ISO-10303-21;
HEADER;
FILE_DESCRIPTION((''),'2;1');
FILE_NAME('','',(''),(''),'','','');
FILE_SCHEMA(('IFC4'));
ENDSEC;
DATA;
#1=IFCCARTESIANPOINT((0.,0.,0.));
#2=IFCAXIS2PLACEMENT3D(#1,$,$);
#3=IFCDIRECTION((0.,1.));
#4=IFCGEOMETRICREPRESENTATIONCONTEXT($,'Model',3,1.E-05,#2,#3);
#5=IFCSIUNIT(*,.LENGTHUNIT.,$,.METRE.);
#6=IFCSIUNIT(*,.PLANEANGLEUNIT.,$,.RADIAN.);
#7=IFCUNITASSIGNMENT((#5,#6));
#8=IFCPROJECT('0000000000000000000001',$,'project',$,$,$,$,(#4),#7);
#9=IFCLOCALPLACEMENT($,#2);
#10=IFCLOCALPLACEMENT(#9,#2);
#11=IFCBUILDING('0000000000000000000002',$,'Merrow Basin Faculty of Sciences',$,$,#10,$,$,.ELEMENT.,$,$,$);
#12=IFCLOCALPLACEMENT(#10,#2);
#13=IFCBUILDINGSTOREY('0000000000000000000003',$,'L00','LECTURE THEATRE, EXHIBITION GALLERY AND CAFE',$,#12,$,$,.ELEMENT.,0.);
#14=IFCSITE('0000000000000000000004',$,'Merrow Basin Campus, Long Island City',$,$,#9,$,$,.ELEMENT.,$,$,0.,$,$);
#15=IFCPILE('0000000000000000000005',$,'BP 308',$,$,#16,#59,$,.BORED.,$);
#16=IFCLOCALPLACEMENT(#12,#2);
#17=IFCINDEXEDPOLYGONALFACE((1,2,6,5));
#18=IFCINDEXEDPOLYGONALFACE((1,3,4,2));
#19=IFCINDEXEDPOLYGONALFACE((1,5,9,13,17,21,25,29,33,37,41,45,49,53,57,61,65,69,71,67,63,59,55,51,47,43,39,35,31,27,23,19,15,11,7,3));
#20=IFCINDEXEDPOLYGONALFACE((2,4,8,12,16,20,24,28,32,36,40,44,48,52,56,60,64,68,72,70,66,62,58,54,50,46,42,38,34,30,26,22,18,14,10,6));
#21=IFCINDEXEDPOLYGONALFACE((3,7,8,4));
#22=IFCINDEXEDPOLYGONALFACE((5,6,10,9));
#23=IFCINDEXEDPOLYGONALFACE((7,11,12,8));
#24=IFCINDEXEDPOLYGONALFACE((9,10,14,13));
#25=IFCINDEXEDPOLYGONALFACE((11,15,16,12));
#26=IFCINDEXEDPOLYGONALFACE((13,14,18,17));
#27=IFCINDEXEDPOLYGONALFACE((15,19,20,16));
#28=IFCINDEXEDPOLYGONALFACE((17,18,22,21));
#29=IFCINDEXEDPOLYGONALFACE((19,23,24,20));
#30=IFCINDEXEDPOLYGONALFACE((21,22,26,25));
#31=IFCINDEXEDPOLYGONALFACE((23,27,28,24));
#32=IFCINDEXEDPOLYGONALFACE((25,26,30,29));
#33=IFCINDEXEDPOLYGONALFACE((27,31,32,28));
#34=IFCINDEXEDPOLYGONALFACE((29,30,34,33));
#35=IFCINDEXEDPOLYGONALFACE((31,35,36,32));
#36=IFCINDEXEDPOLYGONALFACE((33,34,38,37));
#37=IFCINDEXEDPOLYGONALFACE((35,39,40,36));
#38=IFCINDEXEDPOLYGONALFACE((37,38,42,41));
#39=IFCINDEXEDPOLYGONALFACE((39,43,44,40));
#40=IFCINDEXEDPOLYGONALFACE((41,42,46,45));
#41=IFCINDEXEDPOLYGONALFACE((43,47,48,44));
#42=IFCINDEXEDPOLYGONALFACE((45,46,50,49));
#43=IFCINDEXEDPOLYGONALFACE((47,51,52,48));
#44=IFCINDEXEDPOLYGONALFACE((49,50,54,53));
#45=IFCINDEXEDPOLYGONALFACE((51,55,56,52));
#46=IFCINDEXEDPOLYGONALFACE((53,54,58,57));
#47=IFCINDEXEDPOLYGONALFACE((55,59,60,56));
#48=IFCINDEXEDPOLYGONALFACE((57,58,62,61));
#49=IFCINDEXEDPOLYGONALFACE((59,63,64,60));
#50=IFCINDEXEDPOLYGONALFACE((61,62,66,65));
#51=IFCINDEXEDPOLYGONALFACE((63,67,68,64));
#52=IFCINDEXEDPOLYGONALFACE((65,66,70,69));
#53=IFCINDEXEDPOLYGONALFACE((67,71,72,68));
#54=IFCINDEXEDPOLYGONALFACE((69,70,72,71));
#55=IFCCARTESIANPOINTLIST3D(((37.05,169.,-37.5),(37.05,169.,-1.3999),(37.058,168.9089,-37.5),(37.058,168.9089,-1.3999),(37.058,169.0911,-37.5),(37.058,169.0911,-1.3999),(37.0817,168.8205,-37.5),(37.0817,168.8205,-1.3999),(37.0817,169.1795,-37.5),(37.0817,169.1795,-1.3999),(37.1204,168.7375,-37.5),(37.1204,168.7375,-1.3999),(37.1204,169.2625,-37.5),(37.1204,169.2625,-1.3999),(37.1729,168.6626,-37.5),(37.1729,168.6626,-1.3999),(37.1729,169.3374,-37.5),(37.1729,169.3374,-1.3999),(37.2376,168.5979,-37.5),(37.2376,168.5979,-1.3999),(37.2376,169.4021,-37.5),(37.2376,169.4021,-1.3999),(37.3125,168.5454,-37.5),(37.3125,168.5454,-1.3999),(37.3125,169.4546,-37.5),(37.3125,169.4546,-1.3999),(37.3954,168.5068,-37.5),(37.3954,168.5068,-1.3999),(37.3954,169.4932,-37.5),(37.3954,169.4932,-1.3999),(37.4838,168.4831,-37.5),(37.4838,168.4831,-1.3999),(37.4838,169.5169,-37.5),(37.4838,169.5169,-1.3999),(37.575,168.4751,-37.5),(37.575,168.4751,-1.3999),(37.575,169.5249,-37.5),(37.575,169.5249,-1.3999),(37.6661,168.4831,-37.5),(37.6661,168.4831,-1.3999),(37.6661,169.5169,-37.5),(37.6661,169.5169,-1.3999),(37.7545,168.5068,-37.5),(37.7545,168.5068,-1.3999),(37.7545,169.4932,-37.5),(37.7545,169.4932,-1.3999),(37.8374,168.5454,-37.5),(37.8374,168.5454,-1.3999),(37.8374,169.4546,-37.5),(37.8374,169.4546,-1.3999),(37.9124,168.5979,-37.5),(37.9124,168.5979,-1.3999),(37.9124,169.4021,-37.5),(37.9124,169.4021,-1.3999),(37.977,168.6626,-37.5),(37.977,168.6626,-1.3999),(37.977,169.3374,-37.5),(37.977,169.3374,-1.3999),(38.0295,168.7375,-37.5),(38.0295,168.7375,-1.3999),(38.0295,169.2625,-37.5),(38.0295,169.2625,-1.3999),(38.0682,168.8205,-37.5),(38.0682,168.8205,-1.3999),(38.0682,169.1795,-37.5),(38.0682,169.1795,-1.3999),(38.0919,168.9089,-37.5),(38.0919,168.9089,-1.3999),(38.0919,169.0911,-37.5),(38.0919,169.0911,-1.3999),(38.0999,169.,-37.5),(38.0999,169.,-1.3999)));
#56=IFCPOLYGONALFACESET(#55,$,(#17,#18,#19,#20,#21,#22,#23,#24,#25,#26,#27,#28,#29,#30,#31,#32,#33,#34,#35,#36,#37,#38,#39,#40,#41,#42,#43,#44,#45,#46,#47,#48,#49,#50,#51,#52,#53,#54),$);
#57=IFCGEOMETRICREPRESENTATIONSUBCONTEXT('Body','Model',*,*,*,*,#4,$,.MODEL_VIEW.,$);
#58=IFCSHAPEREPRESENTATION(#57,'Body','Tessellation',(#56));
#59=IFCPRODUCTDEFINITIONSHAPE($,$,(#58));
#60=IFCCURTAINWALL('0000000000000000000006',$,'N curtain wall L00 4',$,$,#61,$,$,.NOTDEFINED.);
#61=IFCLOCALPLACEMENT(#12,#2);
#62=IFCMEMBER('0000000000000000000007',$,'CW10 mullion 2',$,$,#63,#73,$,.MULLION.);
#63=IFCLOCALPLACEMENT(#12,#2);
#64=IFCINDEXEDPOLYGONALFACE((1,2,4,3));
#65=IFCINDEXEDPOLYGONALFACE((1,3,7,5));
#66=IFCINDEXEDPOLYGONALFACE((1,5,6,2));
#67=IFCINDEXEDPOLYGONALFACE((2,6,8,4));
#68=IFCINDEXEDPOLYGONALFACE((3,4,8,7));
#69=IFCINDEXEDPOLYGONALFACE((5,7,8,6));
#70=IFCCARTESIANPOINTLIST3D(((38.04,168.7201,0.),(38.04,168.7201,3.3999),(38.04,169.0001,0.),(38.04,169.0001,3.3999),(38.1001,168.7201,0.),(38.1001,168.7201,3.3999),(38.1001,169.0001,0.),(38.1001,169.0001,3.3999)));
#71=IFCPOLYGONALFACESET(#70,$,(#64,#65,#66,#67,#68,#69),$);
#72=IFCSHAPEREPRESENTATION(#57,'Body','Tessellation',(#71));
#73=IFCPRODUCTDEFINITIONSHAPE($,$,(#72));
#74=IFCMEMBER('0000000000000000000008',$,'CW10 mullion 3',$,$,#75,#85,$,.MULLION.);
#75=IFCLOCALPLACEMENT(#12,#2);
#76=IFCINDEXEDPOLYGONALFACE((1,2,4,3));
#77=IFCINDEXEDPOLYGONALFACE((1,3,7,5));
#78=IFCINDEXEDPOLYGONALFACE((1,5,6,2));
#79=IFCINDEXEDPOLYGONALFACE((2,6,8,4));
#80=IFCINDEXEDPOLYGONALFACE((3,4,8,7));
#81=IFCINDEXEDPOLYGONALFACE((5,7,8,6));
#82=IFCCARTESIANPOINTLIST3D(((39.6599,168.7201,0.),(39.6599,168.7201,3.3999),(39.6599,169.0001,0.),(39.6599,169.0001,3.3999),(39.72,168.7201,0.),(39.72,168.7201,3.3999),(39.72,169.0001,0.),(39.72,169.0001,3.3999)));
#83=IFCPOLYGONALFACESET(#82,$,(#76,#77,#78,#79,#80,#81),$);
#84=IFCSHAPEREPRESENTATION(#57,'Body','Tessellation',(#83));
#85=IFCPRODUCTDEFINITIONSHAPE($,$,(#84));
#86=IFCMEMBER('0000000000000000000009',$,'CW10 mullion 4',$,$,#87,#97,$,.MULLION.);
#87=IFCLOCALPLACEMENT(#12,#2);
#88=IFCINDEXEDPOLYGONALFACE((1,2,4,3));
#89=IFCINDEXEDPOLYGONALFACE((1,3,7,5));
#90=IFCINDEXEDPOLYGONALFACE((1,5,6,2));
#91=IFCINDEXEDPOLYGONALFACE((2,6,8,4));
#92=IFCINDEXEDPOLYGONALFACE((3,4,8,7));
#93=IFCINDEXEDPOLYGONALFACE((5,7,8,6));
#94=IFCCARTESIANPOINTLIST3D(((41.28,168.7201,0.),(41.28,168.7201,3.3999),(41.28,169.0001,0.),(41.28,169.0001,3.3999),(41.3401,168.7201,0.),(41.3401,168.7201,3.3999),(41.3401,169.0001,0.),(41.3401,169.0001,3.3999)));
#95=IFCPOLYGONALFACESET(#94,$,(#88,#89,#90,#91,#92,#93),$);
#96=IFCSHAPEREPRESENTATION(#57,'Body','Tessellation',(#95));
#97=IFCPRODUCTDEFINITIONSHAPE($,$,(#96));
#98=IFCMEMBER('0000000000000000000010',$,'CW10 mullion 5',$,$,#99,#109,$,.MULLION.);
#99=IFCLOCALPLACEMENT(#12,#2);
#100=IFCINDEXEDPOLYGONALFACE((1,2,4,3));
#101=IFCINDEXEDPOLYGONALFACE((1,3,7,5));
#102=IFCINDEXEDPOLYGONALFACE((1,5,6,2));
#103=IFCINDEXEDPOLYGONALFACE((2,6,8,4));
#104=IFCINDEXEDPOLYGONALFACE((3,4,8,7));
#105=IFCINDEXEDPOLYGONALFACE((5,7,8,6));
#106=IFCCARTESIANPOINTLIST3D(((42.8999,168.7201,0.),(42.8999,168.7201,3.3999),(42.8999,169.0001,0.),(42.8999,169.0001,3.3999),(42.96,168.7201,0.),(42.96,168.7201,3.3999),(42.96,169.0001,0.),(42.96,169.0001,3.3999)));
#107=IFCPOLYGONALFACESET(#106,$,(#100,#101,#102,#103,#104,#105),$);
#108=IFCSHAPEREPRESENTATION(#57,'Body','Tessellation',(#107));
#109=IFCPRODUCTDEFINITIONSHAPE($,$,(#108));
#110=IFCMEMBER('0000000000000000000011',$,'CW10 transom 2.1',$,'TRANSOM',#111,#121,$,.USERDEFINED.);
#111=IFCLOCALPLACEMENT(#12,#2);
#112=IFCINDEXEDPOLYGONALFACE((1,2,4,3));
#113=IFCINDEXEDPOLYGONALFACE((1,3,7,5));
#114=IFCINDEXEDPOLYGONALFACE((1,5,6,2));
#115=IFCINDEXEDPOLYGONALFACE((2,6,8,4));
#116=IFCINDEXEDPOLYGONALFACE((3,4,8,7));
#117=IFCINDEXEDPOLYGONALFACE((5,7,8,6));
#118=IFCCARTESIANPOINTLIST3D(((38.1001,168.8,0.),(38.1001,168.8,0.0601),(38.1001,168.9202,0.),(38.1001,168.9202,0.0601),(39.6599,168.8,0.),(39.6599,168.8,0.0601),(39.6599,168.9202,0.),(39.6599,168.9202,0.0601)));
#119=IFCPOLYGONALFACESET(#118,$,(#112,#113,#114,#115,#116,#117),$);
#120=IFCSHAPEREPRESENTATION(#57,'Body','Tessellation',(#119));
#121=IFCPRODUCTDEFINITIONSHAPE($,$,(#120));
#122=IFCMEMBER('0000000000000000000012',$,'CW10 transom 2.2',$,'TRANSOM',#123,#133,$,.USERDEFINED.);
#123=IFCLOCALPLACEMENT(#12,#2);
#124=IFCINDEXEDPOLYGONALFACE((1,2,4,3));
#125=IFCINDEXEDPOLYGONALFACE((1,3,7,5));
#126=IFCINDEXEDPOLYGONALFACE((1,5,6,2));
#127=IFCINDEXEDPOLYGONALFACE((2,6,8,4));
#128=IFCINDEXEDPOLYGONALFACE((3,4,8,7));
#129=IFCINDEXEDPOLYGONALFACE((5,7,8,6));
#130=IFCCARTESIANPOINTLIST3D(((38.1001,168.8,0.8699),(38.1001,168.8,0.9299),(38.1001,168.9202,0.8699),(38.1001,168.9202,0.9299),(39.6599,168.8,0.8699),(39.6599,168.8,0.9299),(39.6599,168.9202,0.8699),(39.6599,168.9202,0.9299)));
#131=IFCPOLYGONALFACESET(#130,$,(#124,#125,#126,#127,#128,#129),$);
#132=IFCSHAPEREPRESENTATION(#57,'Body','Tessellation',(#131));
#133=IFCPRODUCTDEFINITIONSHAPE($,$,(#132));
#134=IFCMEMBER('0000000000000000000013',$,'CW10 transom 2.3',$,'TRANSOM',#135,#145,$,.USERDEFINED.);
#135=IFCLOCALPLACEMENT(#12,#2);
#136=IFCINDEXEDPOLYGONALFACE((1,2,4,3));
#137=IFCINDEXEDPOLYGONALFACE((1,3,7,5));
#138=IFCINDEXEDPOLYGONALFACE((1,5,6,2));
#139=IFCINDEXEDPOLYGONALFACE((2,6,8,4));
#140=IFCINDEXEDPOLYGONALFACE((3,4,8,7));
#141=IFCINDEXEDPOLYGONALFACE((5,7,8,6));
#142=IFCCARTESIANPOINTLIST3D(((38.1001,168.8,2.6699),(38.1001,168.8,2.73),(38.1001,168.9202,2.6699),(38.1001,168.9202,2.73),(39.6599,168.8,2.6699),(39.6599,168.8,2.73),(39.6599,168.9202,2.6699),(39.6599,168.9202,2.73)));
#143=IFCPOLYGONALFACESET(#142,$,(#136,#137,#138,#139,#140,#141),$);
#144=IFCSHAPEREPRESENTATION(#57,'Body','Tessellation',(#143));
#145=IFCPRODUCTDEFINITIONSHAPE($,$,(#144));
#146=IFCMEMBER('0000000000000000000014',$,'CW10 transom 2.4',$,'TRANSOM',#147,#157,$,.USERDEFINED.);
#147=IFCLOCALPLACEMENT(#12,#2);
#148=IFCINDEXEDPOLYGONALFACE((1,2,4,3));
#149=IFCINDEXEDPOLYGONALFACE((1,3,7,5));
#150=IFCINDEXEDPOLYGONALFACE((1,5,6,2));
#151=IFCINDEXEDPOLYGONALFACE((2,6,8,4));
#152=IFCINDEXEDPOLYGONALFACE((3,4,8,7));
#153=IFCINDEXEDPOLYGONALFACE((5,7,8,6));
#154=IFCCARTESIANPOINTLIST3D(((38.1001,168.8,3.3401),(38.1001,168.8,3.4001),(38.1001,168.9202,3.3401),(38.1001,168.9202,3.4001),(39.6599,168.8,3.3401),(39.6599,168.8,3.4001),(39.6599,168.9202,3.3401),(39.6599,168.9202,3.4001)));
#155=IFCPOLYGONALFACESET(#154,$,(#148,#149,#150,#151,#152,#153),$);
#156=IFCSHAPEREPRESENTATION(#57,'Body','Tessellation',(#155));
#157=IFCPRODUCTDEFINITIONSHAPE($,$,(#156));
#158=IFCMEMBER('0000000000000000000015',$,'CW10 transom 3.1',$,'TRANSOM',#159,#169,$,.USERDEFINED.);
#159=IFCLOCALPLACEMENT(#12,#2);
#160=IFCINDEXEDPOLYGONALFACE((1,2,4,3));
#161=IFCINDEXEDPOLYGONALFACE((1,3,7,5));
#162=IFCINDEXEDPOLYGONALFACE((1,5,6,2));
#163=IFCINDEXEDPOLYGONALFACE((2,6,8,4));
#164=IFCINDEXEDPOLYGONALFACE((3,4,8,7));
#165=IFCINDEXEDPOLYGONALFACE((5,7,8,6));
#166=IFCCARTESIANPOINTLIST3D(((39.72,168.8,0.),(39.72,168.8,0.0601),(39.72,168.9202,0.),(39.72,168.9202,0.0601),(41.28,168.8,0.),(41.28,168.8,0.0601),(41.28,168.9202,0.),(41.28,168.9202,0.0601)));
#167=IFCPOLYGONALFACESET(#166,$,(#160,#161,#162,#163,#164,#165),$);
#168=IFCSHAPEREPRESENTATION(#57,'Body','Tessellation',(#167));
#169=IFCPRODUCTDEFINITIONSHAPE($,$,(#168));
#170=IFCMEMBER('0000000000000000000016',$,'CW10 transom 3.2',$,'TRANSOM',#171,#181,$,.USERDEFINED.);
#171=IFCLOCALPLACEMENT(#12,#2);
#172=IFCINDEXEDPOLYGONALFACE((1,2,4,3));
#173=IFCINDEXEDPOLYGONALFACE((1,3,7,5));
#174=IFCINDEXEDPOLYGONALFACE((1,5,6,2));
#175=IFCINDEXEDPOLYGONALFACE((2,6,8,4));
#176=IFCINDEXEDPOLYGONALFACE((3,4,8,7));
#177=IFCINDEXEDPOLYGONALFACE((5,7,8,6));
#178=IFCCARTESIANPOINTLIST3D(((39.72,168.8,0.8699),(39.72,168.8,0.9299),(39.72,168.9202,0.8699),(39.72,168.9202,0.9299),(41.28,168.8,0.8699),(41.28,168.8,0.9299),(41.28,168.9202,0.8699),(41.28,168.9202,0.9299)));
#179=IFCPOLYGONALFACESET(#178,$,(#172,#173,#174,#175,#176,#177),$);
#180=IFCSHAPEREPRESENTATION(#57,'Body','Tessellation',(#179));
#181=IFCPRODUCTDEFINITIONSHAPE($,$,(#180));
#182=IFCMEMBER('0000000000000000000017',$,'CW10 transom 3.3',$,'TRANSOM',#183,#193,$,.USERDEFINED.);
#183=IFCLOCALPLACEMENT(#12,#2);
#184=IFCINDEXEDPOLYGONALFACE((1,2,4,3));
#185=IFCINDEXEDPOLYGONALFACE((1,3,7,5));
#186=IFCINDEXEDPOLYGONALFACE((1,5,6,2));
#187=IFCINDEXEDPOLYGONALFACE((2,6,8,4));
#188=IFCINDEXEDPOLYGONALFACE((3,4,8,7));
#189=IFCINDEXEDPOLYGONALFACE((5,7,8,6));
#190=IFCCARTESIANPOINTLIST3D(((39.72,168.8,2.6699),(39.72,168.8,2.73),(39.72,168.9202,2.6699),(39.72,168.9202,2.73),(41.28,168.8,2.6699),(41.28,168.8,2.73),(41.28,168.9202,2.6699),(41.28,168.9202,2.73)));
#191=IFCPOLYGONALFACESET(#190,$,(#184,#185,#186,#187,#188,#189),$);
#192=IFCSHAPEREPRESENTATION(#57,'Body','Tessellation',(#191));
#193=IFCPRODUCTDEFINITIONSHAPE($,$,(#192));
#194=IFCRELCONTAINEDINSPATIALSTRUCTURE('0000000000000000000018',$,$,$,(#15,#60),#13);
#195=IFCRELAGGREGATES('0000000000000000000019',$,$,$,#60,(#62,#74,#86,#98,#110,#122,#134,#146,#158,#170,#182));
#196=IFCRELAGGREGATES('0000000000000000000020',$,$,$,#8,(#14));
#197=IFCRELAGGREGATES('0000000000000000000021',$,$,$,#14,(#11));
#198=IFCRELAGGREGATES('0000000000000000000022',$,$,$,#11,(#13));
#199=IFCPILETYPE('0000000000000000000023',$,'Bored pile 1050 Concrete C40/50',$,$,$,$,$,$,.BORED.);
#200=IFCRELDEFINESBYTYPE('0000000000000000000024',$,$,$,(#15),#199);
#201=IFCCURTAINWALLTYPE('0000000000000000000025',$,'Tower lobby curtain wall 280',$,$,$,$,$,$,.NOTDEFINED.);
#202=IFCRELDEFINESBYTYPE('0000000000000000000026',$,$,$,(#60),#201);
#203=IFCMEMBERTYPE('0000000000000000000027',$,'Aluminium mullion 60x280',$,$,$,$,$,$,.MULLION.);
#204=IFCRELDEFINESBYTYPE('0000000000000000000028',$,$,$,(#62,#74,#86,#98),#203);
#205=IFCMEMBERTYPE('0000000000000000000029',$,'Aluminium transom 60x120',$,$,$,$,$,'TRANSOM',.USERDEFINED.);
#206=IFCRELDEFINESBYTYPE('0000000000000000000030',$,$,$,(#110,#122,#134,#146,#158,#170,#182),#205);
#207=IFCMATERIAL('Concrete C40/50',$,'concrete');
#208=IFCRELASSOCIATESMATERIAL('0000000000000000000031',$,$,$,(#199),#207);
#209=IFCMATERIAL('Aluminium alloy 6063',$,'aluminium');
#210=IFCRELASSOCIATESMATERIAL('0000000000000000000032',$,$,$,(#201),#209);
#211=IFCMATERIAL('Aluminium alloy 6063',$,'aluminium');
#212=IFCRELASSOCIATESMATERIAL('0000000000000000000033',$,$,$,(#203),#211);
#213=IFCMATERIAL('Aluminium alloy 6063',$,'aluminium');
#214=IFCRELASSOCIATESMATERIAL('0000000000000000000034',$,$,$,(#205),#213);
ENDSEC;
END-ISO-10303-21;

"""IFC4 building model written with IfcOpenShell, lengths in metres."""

from ifc_helpers import new_model, si_unit, direction, frame, origin, origin_2d, place, context, subcontext, project, spatial, rectangle, circle, extrude, material, material_profile, profile_set, type_object, element, aggregate, save


model = new_model("IFC4")

# Units and contexts
model_context = context("Model", 3, precision=1e-05, world=origin(), true_north=direction((0.0, 1.0)))
body_context = subcontext(model_context, "Body", "Model", "MODEL_VIEW")
ifc_project = project(units=[si_unit("LENGTHUNIT", "METRE"), si_unit("PLANEANGLEUNIT", "RADIAN")], contexts=[model_context])

# Site, building, storey
site_placement = place(None, origin())
site = spatial("IfcSite", under=ifc_project, at=site_placement, Name="Merrow Basin Campus, Long Island City", CompositionType="ELEMENT", RefElevation=0.0)
building_placement = place(site_placement, origin())
building = spatial("IfcBuilding", under=site, at=building_placement, Name="Merrow Basin Faculty of Sciences", CompositionType="ELEMENT")
storey_placement = place(building_placement, origin())
storey = spatial("IfcBuildingStorey", under=building, at=storey_placement, Name="L00", Description="LECTURE THEATRE, EXHIBITION GALLERY AND CAFE", CompositionType="ELEMENT", Elevation=0.0)

# Pile
ifc_material_1 = material(Name="Concrete C40/50", Category="concrete")
ifc_material_profile_1 = material_profile(ifc_material_1, circle(Radius=0.5249, at=origin_2d()))
ifc_profile_set_1 = profile_set([ifc_material_profile_1], Name="Concrete C40/50")
pile_type = type_object("IfcPileType", Name="Bored pile 1050 Concrete C40/50", PredefinedType="BORED", material=ifc_profile_set_1)
pile_placement = place(storey_placement, frame((37.575, 169.0, -1.3999), z_axis=(0.0, 0.0, -1.0), x_axis=(1.0, 0.0, 0.0)))
element("IfcPile", 1, at=pile_placement, inside=storey, type_object=pile_type, Name="BP 308", PredefinedType="BORED", context=body_context, shape_type="SweptSolid", body=[
    extrude(circle(Radius=0.5249, at=origin_2d()), origin(), (0.0, 0.0, 1.0), 36.1001),
])

# Curtain wall, members
ifc_material_2 = material(Name="Aluminium alloy 6063", Category="aluminium")
curtain_wall_type = type_object("IfcCurtainWallType", Name="Tower lobby curtain wall 280", PredefinedType="NOTDEFINED", material=ifc_material_2)
curtain_wall_placement = place(storey_placement, origin())
curtain_wall = element("IfcCurtainWall", 2, at=curtain_wall_placement, inside=storey, type_object=curtain_wall_type, Name="N curtain wall L00 4", PredefinedType="NOTDEFINED")
ifc_material_3 = material(Name="Aluminium alloy 6063", Category="aluminium")
ifc_material_profile_2 = material_profile(ifc_material_3, rectangle(XDim=0.28, YDim=0.0601, at=origin_2d()))
ifc_profile_set_2 = profile_set([ifc_material_profile_2], Name="Aluminium alloy 6063")
member_type_1 = type_object("IfcMemberType", Name="Aluminium mullion 60x280", PredefinedType="MULLION", material=ifc_profile_set_2)
member_1_placement = place(storey_placement, frame((38.0701, 168.8601, 0.0), z_axis=(0.0, 0.0, 1.0), x_axis=(0.0, 1.0, 0.0)))
member_1 = element("IfcMember", 3, at=member_1_placement, type_object=member_type_1, Name="CW10 mullion 2", PredefinedType="MULLION", context=body_context, shape_type="SweptSolid", body=[
    extrude(rectangle(XDim=0.28, YDim=0.0601, at=origin_2d()), origin(), (0.0, 0.0, 1.0), 3.3999),
])
member_2_placement = place(storey_placement, frame((39.6899, 168.8601, 0.0), z_axis=(0.0, 0.0, 1.0), x_axis=(0.0, 1.0, 0.0)))
member_2 = element("IfcMember", 4, at=member_2_placement, type_object=member_type_1, Name="CW10 mullion 3", PredefinedType="MULLION", context=body_context, shape_type="SweptSolid", body=[
    extrude(rectangle(XDim=0.28, YDim=0.0601, at=origin_2d()), origin(), (0.0, 0.0, 1.0), 3.3999),
])
member_3_placement = place(storey_placement, frame((41.3101, 168.8601, 0.0), z_axis=(0.0, 0.0, 1.0), x_axis=(0.0, 1.0, 0.0)))
member_3 = element("IfcMember", 5, at=member_3_placement, type_object=member_type_1, Name="CW10 mullion 4", PredefinedType="MULLION", context=body_context, shape_type="SweptSolid", body=[
    extrude(rectangle(XDim=0.28, YDim=0.0601, at=origin_2d()), origin(), (0.0, 0.0, 1.0), 3.3999),
])
member_4_placement = place(storey_placement, frame((42.9299, 168.8601, 0.0), z_axis=(0.0, 0.0, 1.0), x_axis=(0.0, 1.0, 0.0)))
member_4 = element("IfcMember", 6, at=member_4_placement, type_object=member_type_1, Name="CW10 mullion 5", PredefinedType="MULLION", context=body_context, shape_type="SweptSolid", body=[
    extrude(rectangle(XDim=0.28, YDim=0.0601, at=origin_2d()), origin(), (0.0, 0.0, 1.0), 3.3999),
])
ifc_material_4 = material(Name="Aluminium alloy 6063", Category="aluminium")
ifc_material_profile_3 = material_profile(ifc_material_4, rectangle(XDim=0.1201, YDim=0.0601, at=origin_2d()))
ifc_profile_set_3 = profile_set([ifc_material_profile_3], Name="Aluminium alloy 6063")
member_type_2 = type_object("IfcMemberType", Name="Aluminium transom 60x120", ElementType="TRANSOM", PredefinedType="USERDEFINED", material=ifc_profile_set_3)
member_5_placement = place(storey_placement, frame((38.1001, 168.8601, 0.03), z_axis=(1.0, 0.0, 0.0), x_axis=(0.0, 1.0, 0.0)))
member_5 = element("IfcMember", 7, at=member_5_placement, type_object=member_type_2, Name="CW10 transom 2.1", ObjectType="TRANSOM", PredefinedType="USERDEFINED", context=body_context, shape_type="SweptSolid", body=[
    extrude(rectangle(XDim=0.1201, YDim=0.0601, at=origin_2d()), origin(), (0.0, 0.0, 1.0), 1.5598),
])
member_6_placement = place(storey_placement, frame((38.1001, 168.8601, 0.8999), z_axis=(1.0, 0.0, 0.0), x_axis=(0.0, 1.0, 0.0)))
member_6 = element("IfcMember", 8, at=member_6_placement, type_object=member_type_2, Name="CW10 transom 2.2", ObjectType="TRANSOM", PredefinedType="USERDEFINED", context=body_context, shape_type="SweptSolid", body=[
    extrude(rectangle(XDim=0.1201, YDim=0.0601, at=origin_2d()), origin(), (0.0, 0.0, 1.0), 1.5598),
])
member_7_placement = place(storey_placement, frame((38.1001, 168.8601, 2.7), z_axis=(1.0, 0.0, 0.0), x_axis=(0.0, 1.0, 0.0)))
member_7 = element("IfcMember", 9, at=member_7_placement, type_object=member_type_2, Name="CW10 transom 2.3", ObjectType="TRANSOM", PredefinedType="USERDEFINED", context=body_context, shape_type="SweptSolid", body=[
    extrude(rectangle(XDim=0.1201, YDim=0.0601, at=origin_2d()), origin(), (0.0, 0.0, 1.0), 1.5598),
])
member_8_placement = place(storey_placement, frame((38.1001, 168.8601, 3.3701), z_axis=(1.0, 0.0, 0.0), x_axis=(0.0, 1.0, 0.0)))
member_8 = element("IfcMember", 10, at=member_8_placement, type_object=member_type_2, Name="CW10 transom 2.4", ObjectType="TRANSOM", PredefinedType="USERDEFINED", context=body_context, shape_type="SweptSolid", body=[
    extrude(rectangle(XDim=0.1201, YDim=0.0601, at=origin_2d()), origin(), (0.0, 0.0, 1.0), 1.5598),
])
member_9_placement = place(storey_placement, frame((39.72, 168.8601, 0.03), z_axis=(1.0, 0.0, 0.0), x_axis=(0.0, 1.0, 0.0)))
member_9 = element("IfcMember", 11, at=member_9_placement, type_object=member_type_2, Name="CW10 transom 3.1", ObjectType="TRANSOM", PredefinedType="USERDEFINED", context=body_context, shape_type="SweptSolid", body=[
    extrude(rectangle(XDim=0.1201, YDim=0.0601, at=origin_2d()), origin(), (0.0, 0.0, 1.0), 1.5601),
])
member_10_placement = place(storey_placement, frame((39.72, 168.8601, 0.8999), z_axis=(1.0, 0.0, 0.0), x_axis=(0.0, 1.0, 0.0)))
member_10 = element("IfcMember", 12, at=member_10_placement, type_object=member_type_2, Name="CW10 transom 3.2", ObjectType="TRANSOM", PredefinedType="USERDEFINED", context=body_context, shape_type="SweptSolid", body=[
    extrude(rectangle(XDim=0.1201, YDim=0.0601, at=origin_2d()), origin(), (0.0, 0.0, 1.0), 1.5601),
])
member_11_placement = place(storey_placement, frame((39.72, 168.8601, 2.7), z_axis=(1.0, 0.0, 0.0), x_axis=(0.0, 1.0, 0.0)))
member_11 = element("IfcMember", 13, at=member_11_placement, type_object=member_type_2, Name="CW10 transom 3.3", ObjectType="TRANSOM", PredefinedType="USERDEFINED", context=body_context, shape_type="SweptSolid", body=[
    extrude(rectangle(XDim=0.1201, YDim=0.0601, at=origin_2d()), origin(), (0.0, 0.0, 1.0), 1.5601),
])
aggregate(curtain_wall, [member_1, member_2, member_3, member_4, member_5, member_6, member_7, member_8, member_9, member_10, member_11])

save(model, "model.ifc")
